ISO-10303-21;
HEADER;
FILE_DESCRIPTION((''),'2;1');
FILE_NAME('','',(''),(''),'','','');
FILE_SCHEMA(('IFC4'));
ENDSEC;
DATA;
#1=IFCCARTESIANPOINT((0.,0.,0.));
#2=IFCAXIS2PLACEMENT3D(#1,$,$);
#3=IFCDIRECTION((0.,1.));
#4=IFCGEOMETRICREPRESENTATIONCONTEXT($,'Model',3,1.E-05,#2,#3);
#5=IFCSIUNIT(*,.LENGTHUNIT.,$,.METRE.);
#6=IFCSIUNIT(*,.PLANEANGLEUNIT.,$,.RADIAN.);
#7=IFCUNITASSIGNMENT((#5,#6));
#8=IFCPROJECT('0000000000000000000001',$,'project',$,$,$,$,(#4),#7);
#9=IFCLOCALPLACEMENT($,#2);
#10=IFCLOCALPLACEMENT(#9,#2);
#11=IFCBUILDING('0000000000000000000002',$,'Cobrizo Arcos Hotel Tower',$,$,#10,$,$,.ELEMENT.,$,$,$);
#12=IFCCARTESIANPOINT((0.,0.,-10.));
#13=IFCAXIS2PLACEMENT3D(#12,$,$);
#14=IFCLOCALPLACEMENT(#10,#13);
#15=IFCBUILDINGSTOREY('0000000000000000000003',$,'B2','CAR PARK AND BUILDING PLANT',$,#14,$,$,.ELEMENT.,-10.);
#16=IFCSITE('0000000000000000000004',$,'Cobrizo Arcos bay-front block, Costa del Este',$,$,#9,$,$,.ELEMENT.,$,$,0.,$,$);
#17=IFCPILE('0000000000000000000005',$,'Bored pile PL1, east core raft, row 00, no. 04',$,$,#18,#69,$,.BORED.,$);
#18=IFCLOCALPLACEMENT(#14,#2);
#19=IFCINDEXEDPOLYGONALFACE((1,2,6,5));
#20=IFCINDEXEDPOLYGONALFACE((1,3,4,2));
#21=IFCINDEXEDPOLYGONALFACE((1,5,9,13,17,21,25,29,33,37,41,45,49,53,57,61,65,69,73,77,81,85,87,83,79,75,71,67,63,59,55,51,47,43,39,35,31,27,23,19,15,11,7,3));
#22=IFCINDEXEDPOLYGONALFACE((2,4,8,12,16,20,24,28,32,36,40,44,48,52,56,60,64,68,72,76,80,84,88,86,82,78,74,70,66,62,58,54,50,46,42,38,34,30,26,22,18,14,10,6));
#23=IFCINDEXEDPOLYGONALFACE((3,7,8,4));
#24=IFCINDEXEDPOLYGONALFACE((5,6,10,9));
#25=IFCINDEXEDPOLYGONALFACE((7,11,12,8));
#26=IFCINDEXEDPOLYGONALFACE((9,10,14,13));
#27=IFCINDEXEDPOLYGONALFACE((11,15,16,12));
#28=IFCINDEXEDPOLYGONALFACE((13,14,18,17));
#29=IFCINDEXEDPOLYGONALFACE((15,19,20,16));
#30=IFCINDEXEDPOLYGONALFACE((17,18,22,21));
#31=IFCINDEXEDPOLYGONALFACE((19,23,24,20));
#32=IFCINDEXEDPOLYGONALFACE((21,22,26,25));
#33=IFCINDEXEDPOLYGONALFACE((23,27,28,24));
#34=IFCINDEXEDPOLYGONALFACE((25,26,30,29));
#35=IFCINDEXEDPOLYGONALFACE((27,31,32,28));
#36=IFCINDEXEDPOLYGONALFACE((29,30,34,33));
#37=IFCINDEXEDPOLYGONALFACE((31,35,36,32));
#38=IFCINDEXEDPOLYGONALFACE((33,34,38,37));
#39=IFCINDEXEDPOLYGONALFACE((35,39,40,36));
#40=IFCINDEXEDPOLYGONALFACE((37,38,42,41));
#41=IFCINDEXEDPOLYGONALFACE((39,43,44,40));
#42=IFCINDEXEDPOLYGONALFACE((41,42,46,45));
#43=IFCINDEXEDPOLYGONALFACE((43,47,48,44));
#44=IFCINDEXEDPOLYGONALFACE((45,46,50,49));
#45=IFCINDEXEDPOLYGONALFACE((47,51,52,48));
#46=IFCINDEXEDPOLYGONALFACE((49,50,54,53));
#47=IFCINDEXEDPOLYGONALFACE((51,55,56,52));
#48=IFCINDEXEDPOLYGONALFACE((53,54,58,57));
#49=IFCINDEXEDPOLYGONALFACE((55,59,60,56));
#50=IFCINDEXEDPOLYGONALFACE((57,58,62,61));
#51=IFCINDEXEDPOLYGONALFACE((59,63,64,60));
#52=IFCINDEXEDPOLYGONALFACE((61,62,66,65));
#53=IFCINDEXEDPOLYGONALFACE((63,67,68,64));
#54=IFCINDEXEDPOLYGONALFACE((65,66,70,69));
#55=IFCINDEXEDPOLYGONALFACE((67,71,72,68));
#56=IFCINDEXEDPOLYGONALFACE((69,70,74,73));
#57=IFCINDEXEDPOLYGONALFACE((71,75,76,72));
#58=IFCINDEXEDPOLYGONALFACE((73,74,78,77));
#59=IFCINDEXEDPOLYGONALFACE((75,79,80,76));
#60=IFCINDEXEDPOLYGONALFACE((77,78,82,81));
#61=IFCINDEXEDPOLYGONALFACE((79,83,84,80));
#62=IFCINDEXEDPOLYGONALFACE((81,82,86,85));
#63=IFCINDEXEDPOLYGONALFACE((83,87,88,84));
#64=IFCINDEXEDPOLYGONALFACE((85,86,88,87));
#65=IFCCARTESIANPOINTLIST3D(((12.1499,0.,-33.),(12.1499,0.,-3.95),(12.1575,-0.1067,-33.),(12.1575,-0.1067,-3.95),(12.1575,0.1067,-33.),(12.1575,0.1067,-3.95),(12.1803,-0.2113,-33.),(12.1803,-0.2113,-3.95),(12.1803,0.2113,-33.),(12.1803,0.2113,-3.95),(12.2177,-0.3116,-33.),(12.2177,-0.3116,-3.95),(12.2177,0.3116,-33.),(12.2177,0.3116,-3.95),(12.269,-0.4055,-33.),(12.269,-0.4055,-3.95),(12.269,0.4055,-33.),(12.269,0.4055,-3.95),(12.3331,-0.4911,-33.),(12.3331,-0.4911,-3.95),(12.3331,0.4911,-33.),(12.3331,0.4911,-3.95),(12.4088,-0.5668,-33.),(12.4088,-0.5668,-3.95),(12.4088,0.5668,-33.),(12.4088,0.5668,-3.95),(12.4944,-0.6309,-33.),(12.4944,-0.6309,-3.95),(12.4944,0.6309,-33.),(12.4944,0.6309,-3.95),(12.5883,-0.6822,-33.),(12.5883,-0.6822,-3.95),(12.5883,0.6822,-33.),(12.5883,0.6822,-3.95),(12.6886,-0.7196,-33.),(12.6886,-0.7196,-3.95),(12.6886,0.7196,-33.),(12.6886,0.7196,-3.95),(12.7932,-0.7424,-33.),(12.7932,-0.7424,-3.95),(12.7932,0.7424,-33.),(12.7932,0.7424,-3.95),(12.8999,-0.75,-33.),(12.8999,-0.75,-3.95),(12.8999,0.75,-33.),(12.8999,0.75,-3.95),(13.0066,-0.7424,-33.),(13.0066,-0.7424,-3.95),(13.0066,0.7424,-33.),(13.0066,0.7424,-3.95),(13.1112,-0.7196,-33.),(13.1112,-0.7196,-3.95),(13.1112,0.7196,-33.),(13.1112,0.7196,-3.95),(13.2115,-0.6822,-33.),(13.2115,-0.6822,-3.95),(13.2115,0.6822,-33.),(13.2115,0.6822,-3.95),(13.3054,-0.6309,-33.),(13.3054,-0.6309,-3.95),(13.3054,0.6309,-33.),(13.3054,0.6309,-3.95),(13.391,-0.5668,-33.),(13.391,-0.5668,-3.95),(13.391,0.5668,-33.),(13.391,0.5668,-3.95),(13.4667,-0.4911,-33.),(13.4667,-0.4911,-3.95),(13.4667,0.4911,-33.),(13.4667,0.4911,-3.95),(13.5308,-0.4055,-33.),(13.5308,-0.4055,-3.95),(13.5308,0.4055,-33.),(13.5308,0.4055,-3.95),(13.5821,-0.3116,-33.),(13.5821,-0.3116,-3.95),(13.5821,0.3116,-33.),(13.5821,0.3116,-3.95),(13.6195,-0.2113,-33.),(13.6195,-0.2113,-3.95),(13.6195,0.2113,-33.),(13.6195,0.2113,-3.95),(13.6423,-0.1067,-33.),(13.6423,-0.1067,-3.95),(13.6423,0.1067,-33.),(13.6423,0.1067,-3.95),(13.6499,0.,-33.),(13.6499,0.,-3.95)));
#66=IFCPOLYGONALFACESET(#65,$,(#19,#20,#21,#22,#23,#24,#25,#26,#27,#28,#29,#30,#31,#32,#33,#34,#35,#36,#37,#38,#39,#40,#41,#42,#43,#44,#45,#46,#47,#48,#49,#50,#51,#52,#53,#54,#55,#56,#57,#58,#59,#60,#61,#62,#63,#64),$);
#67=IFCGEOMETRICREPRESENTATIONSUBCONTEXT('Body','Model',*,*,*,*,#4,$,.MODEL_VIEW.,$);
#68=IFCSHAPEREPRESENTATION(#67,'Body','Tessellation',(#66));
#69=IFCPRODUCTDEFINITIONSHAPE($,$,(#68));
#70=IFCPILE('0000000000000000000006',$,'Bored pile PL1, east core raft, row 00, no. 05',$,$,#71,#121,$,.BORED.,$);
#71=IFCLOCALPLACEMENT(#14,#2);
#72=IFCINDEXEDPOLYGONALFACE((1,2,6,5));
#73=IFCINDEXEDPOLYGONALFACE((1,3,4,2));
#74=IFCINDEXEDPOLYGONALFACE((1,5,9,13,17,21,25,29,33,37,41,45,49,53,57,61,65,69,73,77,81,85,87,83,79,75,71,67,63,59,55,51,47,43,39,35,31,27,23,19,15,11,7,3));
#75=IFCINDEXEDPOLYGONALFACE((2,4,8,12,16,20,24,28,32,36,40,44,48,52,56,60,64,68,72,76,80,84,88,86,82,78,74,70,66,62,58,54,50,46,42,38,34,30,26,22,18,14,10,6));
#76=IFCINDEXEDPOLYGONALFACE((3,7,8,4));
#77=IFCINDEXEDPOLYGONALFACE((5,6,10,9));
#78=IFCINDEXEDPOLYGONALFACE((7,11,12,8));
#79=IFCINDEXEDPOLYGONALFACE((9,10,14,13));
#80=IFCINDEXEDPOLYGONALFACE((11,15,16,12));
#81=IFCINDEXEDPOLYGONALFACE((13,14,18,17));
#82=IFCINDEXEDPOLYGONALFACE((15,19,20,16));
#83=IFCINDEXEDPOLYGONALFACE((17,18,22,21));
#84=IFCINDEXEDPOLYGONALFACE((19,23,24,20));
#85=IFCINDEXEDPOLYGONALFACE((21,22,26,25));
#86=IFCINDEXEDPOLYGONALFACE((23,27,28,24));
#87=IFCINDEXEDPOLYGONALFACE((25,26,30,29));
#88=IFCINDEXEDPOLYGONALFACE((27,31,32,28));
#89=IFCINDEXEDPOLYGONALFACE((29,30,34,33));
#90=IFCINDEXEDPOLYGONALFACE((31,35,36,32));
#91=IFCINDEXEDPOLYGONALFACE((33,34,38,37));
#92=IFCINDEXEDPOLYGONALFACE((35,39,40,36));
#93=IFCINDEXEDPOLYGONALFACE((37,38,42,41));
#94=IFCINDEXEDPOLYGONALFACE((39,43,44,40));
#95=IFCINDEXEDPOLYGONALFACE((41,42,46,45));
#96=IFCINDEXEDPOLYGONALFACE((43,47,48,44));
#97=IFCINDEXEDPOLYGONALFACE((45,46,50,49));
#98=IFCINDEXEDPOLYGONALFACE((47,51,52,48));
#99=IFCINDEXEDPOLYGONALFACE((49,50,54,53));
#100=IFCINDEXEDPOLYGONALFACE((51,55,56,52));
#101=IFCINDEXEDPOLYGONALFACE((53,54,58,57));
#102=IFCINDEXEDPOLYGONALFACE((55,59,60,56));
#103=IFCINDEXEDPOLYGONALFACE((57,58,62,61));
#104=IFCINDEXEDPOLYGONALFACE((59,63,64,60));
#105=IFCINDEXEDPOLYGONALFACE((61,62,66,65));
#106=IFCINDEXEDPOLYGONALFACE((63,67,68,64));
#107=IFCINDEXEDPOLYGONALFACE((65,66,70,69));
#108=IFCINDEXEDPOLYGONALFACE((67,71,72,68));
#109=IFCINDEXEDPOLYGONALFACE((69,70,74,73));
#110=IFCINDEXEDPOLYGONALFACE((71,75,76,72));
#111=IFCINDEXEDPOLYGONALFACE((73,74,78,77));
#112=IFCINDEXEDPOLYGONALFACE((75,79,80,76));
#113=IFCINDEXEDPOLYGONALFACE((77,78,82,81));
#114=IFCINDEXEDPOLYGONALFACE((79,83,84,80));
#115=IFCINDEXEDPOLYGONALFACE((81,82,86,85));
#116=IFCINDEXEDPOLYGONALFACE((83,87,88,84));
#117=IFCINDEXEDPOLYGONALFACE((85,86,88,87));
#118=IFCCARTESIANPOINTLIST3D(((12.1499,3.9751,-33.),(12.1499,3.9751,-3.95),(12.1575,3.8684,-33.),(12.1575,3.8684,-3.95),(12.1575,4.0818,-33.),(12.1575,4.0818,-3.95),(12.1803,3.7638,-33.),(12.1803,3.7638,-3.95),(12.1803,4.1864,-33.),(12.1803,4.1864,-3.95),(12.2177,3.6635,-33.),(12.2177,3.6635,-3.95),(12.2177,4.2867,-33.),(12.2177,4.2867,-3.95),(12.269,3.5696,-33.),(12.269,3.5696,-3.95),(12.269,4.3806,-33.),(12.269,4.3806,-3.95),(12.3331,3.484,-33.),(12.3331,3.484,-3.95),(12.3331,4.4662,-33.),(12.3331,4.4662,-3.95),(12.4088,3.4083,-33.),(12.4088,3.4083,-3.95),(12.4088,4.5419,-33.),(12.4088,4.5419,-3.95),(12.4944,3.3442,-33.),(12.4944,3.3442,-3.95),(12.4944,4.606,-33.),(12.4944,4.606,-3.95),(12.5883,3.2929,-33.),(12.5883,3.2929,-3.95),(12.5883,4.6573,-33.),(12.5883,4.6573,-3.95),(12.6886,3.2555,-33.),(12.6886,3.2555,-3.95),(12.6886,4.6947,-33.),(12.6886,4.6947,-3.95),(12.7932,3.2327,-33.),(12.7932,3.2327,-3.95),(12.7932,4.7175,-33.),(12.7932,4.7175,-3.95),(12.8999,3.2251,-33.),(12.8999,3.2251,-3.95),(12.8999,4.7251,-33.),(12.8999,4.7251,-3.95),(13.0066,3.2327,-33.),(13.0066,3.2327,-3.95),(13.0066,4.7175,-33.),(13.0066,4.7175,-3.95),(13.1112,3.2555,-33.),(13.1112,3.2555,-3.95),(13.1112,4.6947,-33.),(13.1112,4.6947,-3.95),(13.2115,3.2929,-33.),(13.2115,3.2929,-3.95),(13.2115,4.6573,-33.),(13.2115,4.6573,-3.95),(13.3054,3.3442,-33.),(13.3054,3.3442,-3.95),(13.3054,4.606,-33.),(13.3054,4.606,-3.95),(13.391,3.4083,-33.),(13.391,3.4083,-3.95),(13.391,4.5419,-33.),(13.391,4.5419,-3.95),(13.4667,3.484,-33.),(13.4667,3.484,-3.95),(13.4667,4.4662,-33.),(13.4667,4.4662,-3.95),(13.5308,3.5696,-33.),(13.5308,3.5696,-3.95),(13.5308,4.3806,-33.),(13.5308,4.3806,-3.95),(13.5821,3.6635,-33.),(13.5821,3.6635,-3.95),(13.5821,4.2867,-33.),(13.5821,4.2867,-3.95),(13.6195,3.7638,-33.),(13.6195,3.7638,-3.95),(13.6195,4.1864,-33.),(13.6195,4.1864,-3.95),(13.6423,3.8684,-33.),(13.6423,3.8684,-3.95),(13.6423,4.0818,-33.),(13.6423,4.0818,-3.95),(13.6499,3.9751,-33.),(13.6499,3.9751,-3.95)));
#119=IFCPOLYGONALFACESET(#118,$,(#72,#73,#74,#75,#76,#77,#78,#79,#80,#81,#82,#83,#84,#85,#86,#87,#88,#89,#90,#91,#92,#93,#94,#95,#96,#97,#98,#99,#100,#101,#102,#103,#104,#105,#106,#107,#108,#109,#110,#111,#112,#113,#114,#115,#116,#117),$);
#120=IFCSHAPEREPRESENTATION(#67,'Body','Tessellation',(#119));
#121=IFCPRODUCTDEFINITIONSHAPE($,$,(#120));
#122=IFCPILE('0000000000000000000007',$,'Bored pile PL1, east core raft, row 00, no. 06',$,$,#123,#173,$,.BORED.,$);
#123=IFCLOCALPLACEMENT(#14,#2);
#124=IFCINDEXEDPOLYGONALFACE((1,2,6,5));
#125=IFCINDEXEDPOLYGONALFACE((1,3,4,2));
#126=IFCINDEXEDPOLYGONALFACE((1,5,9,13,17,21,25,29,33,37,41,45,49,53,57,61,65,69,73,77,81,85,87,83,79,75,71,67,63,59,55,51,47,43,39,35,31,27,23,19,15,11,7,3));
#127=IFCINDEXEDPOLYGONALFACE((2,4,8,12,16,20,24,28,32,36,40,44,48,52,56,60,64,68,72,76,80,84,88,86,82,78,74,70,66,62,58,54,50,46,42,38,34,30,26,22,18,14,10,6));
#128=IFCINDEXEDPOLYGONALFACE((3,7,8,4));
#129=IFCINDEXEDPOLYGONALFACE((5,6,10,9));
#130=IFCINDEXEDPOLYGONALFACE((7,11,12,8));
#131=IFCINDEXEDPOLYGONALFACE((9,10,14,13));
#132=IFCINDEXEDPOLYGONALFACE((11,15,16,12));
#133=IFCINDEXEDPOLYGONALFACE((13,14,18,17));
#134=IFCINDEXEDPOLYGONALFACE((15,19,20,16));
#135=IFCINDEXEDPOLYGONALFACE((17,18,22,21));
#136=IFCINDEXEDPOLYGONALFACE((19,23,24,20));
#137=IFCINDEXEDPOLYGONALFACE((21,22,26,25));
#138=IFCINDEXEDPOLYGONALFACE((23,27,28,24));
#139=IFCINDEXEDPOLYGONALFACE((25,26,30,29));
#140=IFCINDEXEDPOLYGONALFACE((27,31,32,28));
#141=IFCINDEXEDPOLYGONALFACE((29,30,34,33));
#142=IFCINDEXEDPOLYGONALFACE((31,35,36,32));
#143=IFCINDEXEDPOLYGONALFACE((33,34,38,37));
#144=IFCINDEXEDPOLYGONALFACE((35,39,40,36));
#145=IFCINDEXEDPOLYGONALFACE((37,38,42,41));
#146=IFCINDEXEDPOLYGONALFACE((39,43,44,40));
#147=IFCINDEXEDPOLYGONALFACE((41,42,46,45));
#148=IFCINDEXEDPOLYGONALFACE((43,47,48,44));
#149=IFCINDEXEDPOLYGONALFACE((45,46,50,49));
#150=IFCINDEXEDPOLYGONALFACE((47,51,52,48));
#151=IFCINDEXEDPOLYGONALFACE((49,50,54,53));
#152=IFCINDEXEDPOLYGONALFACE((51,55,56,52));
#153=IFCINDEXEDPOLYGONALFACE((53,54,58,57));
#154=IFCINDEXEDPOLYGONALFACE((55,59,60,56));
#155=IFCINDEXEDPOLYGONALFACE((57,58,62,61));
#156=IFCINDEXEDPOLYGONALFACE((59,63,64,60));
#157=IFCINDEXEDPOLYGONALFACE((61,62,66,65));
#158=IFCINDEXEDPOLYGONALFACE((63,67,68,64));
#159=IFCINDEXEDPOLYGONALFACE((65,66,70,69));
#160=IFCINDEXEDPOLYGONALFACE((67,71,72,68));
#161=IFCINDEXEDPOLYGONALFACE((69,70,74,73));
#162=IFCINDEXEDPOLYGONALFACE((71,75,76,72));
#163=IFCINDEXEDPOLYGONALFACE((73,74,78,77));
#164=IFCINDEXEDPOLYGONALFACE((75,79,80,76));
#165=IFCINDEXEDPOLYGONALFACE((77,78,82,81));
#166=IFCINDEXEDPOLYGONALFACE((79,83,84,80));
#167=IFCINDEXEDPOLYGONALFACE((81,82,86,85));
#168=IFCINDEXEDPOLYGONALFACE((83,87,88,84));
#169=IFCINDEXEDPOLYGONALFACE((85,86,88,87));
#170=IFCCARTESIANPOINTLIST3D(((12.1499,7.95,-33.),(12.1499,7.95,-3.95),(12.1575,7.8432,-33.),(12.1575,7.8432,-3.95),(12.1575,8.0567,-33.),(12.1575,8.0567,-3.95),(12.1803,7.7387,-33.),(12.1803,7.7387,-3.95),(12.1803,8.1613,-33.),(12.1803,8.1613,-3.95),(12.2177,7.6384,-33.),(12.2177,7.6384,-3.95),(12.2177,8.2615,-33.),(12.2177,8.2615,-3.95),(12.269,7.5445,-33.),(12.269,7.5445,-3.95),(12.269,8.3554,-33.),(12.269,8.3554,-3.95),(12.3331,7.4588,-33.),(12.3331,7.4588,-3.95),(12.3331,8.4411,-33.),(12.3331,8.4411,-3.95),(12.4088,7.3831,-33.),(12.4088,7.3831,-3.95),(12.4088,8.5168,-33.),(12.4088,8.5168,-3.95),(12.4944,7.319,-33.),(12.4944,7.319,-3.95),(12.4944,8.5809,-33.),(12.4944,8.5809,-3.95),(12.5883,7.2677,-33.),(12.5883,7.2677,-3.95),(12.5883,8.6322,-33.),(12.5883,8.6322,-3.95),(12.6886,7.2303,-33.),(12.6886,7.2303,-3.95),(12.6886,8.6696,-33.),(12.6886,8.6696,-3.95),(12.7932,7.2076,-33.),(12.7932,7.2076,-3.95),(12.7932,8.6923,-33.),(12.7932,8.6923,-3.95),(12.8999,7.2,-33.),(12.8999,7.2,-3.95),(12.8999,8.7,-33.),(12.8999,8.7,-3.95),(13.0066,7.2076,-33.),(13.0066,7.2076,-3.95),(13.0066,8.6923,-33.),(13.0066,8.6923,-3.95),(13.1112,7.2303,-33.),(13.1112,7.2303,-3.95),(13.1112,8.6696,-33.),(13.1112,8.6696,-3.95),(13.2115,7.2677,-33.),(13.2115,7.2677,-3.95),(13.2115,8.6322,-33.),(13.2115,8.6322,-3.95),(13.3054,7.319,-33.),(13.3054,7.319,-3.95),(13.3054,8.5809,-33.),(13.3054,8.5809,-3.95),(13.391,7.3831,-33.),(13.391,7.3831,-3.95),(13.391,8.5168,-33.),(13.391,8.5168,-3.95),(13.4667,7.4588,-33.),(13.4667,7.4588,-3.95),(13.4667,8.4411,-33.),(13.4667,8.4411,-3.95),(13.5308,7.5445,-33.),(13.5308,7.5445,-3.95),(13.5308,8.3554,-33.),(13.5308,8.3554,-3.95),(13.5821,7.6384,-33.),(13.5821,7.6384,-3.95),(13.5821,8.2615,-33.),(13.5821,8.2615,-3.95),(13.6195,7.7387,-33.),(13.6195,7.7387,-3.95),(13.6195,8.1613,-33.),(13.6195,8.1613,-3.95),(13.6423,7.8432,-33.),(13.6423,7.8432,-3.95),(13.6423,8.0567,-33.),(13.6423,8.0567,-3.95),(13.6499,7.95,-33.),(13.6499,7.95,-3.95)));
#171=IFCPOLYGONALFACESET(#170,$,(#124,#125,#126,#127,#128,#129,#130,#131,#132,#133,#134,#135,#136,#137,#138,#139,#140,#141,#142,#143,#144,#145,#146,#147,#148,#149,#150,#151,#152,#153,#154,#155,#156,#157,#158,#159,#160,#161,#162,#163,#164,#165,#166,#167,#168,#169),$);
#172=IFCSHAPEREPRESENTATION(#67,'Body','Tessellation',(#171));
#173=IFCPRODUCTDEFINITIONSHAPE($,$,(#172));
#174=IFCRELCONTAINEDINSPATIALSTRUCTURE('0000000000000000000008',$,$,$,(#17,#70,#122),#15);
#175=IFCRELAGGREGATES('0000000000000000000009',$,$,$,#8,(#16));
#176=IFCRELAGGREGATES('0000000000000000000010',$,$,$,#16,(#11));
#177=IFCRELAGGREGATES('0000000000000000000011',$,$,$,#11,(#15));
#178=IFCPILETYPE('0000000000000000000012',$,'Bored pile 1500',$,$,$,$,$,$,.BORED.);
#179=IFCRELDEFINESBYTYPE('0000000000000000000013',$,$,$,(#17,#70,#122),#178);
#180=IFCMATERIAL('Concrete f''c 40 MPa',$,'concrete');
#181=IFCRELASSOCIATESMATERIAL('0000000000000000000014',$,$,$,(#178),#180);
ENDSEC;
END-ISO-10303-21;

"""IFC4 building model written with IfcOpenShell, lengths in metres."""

from ifc_helpers import new_model, si_unit, direction, frame, origin, origin_2d, place, context, subcontext, project, spatial, circle, extrude, material, material_profile, profile_set, type_object, element, save


model = new_model("IFC4")

# Units and contexts
model_context = context("Model", 3, precision=1e-05, world=origin(), true_north=direction((0.0, 1.0)))
body_context = subcontext(model_context, "Body", "Model", "MODEL_VIEW")
ifc_project = project(units=[si_unit("LENGTHUNIT", "METRE"), si_unit("PLANEANGLEUNIT", "RADIAN")], contexts=[model_context])

# Site, building, storey
site_placement = place(None, origin())
site = spatial("IfcSite", under=ifc_project, at=site_placement, Name="Cobrizo Arcos bay-front block, Costa del Este", CompositionType="ELEMENT", RefElevation=0.0)
building_placement = place(site_placement, origin())
building = spatial("IfcBuilding", under=site, at=building_placement, Name="Cobrizo Arcos Hotel Tower", CompositionType="ELEMENT")
storey_placement = place(building_placement, frame((0.0, 0.0, -10.0)))
storey = spatial("IfcBuildingStorey", under=building, at=storey_placement, Name="B2", Description="CAR PARK AND BUILDING PLANT", CompositionType="ELEMENT", Elevation=-10.0)

# Piles
ifc_material_1 = material(Name="Concrete f'c 40 MPa", Category="concrete")
ifc_material_profile_1 = material_profile(ifc_material_1, circle(Radius=0.75, at=origin_2d()), Name="BORED PILE 1500")
ifc_profile_set_1 = profile_set([ifc_material_profile_1], Name="Concrete f'c 40 MPa")
pile_type = type_object("IfcPileType", Name="Bored pile 1500", PredefinedType="BORED", material=ifc_profile_set_1)
for number, where, z_axis, x_axis, name in (
    (1, (12.8999, 0.0, -3.95), (0.0, 0.0, -1.0), (1.0, 0.0, 0.0), "Bored pile PL1, east core raft, row 00, no. 04"),
    (2, (12.8999, 3.9751, -3.95), (0.0, 0.0, -1.0), (1.0, 0.0, 0.0), "Bored pile PL1, east core raft, row 00, no. 05"),
    (3, (12.8999, 7.95, -3.95), (0.0, 0.0, -1.0), (1.0, 0.0, 0.0), "Bored pile PL1, east core raft, row 00, no. 06"),
):
    element("IfcPile", number, at=place(storey_placement, frame(where, z_axis=z_axis, x_axis=x_axis)), inside=storey, type_object=pile_type, Name=name, PredefinedType="BORED", context=body_context, shape_type="SweptSolid", body=[
        extrude(circle(Radius=0.75, at=origin_2d()), origin(), (0.0, 0.0, 1.0), 29.05),
    ])

save(model, "model.ifc")
